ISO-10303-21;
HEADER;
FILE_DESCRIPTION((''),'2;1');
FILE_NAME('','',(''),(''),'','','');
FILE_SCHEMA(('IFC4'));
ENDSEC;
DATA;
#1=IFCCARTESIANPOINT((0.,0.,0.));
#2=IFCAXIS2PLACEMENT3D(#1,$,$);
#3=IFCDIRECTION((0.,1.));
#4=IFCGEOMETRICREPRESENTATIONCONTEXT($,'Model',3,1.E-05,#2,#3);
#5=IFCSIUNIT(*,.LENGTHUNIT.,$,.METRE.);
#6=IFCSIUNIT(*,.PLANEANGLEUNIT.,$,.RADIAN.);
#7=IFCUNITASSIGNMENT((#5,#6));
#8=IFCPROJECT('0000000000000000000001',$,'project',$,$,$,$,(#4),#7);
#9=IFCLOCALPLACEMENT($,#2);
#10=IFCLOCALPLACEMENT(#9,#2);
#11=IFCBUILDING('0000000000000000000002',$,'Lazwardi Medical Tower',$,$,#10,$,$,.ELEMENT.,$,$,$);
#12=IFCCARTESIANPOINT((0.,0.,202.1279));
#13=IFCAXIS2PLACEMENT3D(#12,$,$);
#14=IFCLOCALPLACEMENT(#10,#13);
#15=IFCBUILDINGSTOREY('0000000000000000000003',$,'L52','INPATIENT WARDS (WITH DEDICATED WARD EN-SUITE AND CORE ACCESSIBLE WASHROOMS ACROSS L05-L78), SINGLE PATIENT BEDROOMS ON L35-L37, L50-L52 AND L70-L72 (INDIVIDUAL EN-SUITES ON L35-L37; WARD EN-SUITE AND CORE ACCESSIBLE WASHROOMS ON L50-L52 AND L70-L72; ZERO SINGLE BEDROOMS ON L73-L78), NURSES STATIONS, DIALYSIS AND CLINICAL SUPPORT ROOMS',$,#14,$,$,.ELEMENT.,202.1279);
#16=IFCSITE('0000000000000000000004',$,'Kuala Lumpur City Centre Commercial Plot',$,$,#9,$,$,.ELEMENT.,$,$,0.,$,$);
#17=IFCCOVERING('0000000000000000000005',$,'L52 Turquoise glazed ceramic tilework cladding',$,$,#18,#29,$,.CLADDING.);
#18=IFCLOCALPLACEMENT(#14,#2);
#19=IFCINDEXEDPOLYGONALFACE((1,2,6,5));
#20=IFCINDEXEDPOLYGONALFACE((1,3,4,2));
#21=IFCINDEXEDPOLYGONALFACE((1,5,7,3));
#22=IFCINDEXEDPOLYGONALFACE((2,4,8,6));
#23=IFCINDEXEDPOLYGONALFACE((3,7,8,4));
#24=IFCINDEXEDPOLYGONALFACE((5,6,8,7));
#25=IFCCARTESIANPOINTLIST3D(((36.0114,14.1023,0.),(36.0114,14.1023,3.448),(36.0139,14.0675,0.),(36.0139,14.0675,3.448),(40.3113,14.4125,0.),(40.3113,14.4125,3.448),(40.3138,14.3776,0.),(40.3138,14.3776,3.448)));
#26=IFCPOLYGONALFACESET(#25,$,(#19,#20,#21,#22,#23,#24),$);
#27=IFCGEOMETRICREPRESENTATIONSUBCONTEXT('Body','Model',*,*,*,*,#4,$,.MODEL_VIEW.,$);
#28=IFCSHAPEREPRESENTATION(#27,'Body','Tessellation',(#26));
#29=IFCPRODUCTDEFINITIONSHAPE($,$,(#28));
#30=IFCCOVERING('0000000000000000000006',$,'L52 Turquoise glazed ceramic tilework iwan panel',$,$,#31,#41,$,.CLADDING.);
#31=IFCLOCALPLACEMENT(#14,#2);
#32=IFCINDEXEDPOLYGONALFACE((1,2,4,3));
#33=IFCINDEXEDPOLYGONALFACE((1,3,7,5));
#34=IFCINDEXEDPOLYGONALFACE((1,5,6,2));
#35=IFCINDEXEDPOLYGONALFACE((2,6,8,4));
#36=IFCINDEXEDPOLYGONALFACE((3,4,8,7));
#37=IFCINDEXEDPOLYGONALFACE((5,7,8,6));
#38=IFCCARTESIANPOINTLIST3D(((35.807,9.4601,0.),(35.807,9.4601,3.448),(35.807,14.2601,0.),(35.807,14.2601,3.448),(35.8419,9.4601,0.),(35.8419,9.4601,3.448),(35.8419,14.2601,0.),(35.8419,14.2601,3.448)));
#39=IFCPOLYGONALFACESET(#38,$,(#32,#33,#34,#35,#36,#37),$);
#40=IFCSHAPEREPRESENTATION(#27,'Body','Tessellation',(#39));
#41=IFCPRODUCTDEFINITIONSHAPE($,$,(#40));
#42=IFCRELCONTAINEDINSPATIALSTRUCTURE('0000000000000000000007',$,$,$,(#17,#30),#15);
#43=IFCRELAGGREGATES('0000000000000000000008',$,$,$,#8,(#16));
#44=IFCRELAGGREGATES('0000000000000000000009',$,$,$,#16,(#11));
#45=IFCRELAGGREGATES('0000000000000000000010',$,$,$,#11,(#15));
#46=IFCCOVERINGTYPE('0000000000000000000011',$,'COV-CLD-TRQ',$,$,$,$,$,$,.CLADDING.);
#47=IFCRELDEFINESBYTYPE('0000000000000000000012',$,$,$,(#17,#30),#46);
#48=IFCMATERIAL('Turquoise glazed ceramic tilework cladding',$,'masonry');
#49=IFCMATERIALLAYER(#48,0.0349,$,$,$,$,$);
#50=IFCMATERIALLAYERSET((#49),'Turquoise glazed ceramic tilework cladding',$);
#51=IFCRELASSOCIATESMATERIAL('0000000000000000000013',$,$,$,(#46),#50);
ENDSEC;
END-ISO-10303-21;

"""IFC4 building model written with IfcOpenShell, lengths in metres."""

from ifc_helpers import new_model, si_unit, direction, frame, origin, origin_2d, place, context, subcontext, project, spatial, rectangle, extrude, material, layer, layer_set, type_object, element, save


model = new_model("IFC4")

# Units and contexts
model_context = context("Model", 3, precision=1e-05, world=origin(), true_north=direction((0.0, 1.0)))
body_context = subcontext(model_context, "Body", "Model", "MODEL_VIEW")
ifc_project = project(units=[si_unit("LENGTHUNIT", "METRE"), si_unit("PLANEANGLEUNIT", "RADIAN")], contexts=[model_context])

# Site, building, storey
site_placement = place(None, origin())
site = spatial("IfcSite", under=ifc_project, at=site_placement, Name="Kuala Lumpur City Centre Commercial Plot", CompositionType="ELEMENT", RefElevation=0.0)
building_placement = place(site_placement, origin())
building = spatial("IfcBuilding", under=site, at=building_placement, Name="Lazwardi Medical Tower", CompositionType="ELEMENT")
storey_placement = place(building_placement, frame((0.0, 0.0, 202.1279)))
storey = spatial("IfcBuildingStorey", under=building, at=storey_placement, Name="L52", Description="INPATIENT WARDS (WITH DEDICATED WARD EN-SUITE AND CORE ACCESSIBLE WASHROOMS ACROSS L05-L78), SINGLE PATIENT BEDROOMS ON L35-L37, L50-L52 AND L70-L72 (INDIVIDUAL EN-SUITES ON L35-L37; WARD EN-SUITE AND CORE ACCESSIBLE WASHROOMS ON L50-L52 AND L70-L72; ZERO SINGLE BEDROOMS ON L73-L78), NURSES STATIONS, DIALYSIS AND CLINICAL SUPPORT ROOMS", CompositionType="ELEMENT", Elevation=202.1279)

# Coverings
ifc_material_1 = material(Name="Turquoise glazed ceramic tilework cladding", Category="masonry")
ifc_layer_1 = layer(ifc_material_1, 0.0349)
ifc_layer_set_1 = layer_set([ifc_layer_1], Name="Turquoise glazed ceramic tilework cladding")
covering_type_1 = type_object("IfcCoveringType", Name="COV-CLD-TRQ", PredefinedType="CLADDING", material=ifc_layer_set_1)
covering_1_placement = place(storey_placement, frame((38.1626, 14.24, 0.0), z_axis=(0.0, 0.0, 1.0), x_axis=(0.997409, 0.071933, 0.0)))
element("IfcCovering", 1, at=covering_1_placement, inside=storey, type_object=covering_type_1, Name="L52 Turquoise glazed ceramic tilework cladding", PredefinedType="CLADDING", context=body_context, shape_type="SweptSolid", body=[
    extrude(rectangle(XDim=4.311, YDim=0.0349, at=origin_2d()), origin(), (0.0, 0.0, 1.0), 3.448),
])
covering_2_placement = place(storey_placement, frame((35.8245, 11.8601, 0.0), z_axis=(0.0, 0.0, 1.0), x_axis=(0.0, 1.0, 0.0)))
element("IfcCovering", 2, at=covering_2_placement, inside=storey, type_object=covering_type_1, Name="L52 Turquoise glazed ceramic tilework iwan panel", PredefinedType="CLADDING", context=body_context, shape_type="SweptSolid", body=[
    extrude(rectangle(XDim=4.8, YDim=0.0349, at=origin_2d()), origin(), (0.0, 0.0, 1.0), 3.448),
])

save(model, "model.ifc")
